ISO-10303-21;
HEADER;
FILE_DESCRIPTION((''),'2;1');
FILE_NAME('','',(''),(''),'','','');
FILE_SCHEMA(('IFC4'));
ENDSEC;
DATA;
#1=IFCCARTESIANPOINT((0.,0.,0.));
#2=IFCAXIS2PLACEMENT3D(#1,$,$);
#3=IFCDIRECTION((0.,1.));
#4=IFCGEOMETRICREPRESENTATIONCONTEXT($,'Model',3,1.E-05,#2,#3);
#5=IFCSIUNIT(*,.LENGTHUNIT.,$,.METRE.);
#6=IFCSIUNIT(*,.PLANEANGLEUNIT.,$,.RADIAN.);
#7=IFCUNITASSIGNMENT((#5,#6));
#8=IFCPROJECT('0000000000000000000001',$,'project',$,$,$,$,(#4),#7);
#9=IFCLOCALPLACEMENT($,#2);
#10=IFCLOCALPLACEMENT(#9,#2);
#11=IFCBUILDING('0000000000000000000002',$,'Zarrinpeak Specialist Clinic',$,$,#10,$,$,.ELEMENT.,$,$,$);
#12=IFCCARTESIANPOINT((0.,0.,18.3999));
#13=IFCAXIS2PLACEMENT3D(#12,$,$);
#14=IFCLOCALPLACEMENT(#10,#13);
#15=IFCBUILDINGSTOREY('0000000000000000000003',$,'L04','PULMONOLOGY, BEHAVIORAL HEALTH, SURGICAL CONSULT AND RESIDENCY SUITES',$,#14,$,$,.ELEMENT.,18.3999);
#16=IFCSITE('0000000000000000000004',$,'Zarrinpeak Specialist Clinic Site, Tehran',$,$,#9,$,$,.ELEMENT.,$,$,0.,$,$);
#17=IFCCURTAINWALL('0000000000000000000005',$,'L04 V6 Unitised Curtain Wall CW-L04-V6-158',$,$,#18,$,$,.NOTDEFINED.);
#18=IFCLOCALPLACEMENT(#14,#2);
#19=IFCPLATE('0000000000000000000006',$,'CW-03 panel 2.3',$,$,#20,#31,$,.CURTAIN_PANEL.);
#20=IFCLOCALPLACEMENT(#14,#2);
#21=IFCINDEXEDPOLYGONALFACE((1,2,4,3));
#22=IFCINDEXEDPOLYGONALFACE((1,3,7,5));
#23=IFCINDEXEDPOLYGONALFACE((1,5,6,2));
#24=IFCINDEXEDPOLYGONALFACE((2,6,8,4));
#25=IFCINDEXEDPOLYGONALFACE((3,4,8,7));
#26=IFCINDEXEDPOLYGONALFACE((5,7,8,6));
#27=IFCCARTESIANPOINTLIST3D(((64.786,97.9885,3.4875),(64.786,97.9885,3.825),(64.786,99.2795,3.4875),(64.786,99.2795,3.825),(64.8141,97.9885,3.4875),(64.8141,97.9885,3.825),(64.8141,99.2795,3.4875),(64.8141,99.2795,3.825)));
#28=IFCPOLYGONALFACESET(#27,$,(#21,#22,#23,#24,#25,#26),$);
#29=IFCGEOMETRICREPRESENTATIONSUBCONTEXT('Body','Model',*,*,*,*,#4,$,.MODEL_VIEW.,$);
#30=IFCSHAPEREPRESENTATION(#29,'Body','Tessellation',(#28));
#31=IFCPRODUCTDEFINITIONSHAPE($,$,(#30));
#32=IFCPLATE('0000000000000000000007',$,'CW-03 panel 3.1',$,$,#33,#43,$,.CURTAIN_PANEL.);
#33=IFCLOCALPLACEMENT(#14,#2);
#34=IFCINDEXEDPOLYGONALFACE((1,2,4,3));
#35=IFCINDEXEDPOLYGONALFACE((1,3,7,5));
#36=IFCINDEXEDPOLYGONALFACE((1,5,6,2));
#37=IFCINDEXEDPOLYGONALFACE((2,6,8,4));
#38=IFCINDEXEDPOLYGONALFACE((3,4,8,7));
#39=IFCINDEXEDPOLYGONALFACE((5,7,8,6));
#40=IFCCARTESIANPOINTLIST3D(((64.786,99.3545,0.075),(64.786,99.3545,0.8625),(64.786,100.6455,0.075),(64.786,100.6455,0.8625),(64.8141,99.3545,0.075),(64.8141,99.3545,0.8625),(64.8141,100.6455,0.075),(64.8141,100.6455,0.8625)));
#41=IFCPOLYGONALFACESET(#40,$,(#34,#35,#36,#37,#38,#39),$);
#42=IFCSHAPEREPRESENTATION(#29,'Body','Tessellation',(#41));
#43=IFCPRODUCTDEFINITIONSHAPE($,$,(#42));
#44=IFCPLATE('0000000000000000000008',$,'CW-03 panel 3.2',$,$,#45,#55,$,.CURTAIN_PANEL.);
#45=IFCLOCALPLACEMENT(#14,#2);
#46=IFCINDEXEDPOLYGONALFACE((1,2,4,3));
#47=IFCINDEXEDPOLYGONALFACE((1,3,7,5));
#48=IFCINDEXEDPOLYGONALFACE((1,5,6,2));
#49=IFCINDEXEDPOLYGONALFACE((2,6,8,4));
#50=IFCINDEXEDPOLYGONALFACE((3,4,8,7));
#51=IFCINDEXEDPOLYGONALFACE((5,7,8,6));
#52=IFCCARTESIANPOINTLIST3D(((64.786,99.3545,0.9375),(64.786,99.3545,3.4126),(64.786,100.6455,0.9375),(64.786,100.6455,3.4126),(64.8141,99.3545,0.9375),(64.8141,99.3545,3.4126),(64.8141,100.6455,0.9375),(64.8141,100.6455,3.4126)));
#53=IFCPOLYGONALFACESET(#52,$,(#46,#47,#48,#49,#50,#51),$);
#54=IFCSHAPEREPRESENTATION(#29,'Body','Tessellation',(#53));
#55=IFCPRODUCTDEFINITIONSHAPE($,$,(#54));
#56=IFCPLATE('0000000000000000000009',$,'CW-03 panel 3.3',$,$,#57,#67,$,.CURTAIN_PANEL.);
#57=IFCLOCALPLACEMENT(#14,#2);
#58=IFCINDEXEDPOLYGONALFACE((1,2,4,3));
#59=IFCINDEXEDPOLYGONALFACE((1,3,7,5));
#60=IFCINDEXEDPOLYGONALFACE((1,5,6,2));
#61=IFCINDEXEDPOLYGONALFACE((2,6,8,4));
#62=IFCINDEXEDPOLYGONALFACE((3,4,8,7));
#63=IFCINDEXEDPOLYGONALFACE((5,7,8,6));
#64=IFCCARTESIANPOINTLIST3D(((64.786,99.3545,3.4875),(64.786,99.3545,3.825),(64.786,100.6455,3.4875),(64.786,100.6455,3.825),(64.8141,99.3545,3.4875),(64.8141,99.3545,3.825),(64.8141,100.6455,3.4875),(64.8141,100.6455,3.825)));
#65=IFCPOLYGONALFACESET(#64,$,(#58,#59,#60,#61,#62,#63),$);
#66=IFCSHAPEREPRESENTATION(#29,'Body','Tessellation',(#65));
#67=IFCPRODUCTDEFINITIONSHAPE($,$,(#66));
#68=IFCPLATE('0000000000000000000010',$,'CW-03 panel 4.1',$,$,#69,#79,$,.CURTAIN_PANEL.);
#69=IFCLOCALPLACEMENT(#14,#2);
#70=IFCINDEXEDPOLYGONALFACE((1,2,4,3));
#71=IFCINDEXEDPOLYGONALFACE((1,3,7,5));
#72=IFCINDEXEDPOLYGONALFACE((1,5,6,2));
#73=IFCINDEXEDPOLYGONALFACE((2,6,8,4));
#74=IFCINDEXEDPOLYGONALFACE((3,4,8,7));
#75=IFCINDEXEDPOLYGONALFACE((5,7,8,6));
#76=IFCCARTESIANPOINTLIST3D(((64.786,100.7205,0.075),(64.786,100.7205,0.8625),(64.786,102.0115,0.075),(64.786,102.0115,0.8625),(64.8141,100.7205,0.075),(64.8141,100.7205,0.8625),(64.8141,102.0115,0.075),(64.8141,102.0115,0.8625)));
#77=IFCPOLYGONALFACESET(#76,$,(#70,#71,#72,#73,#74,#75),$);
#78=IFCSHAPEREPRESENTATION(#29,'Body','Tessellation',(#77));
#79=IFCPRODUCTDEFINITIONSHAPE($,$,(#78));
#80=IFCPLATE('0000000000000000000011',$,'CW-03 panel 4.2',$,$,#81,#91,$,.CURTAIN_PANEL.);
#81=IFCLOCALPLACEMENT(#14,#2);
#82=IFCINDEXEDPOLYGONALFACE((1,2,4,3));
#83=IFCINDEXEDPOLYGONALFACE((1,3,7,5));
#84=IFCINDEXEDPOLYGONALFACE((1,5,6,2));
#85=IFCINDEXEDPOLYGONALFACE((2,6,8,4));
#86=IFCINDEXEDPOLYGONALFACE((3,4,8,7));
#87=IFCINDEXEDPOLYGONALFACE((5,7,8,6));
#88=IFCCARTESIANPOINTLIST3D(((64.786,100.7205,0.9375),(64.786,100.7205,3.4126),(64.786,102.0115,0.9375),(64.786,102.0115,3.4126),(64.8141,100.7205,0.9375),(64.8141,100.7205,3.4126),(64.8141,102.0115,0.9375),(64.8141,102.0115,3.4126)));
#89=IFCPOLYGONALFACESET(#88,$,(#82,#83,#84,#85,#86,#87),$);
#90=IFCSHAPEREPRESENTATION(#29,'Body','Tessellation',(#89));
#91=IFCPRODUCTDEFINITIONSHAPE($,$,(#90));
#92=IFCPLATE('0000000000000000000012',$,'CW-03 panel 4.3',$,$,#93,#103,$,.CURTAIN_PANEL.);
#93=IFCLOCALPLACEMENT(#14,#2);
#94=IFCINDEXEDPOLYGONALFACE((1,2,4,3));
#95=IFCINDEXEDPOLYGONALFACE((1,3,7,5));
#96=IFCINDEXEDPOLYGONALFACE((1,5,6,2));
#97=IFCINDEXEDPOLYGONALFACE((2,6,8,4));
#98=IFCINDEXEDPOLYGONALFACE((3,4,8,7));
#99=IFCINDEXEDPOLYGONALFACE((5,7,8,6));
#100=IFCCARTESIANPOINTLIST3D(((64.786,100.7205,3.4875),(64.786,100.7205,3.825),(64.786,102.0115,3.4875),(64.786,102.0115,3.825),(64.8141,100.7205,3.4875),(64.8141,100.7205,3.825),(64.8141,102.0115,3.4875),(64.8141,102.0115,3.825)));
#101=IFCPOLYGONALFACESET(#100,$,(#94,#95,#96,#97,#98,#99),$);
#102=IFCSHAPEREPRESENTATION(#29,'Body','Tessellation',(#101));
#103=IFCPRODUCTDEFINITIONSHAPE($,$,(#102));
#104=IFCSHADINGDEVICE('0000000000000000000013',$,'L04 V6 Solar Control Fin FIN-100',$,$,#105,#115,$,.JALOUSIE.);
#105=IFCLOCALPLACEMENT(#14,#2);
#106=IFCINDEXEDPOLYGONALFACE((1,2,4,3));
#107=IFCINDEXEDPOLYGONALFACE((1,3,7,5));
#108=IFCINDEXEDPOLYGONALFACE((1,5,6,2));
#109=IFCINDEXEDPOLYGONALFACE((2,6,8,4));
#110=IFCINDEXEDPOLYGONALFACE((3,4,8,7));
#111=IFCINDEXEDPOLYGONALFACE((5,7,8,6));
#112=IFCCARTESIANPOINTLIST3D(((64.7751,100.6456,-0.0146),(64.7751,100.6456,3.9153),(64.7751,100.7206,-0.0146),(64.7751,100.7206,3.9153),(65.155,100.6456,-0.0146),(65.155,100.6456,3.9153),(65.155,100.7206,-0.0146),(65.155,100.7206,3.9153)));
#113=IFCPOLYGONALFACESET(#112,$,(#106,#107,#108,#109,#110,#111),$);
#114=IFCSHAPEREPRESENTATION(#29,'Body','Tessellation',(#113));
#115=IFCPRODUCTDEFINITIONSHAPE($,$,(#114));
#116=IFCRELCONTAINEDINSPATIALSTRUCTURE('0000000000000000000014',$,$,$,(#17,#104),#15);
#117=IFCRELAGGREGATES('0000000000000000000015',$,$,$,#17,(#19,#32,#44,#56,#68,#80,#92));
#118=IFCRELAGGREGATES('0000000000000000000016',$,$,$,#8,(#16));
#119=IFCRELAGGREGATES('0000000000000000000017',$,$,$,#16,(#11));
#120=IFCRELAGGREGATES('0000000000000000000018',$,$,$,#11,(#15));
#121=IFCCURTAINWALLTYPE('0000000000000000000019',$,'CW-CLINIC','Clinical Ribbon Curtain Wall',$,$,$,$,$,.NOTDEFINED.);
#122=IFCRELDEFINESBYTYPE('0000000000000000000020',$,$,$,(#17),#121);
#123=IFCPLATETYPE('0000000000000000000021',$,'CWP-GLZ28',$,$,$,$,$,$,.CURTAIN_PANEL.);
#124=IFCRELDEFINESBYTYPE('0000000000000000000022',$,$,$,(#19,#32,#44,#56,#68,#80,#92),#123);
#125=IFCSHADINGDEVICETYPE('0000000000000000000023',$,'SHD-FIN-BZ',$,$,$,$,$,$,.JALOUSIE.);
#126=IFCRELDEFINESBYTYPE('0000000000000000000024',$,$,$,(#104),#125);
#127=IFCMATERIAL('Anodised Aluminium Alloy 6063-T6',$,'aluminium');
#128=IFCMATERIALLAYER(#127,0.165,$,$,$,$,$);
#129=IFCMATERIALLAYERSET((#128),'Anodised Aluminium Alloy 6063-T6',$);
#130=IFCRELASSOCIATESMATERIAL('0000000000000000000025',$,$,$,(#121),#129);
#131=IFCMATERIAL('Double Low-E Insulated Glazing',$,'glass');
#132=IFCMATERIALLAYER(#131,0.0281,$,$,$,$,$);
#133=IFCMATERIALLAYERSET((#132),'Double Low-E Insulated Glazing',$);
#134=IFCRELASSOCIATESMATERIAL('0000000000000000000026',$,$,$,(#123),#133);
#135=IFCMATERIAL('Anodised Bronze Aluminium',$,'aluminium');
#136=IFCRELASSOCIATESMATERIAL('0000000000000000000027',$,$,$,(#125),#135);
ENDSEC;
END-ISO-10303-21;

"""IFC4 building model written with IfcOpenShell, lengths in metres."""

from ifc_helpers import new_model, si_unit, direction, frame, origin, origin_2d, place, context, subcontext, project, spatial, rectangle, extrude, material, layer, layer_set, type_object, element, aggregate, save


model = new_model("IFC4")

# Units and contexts
model_context = context("Model", 3, precision=1e-05, world=origin(), true_north=direction((0.0, 1.0)))
body_context = subcontext(model_context, "Body", "Model", "MODEL_VIEW")
ifc_project = project(units=[si_unit("LENGTHUNIT", "METRE"), si_unit("PLANEANGLEUNIT", "RADIAN")], contexts=[model_context])

# Site, building, storey
site_placement = place(None, origin())
site = spatial("IfcSite", under=ifc_project, at=site_placement, Name="Zarrinpeak Specialist Clinic Site, Tehran", CompositionType="ELEMENT", RefElevation=0.0)
building_placement = place(site_placement, origin())
building = spatial("IfcBuilding", under=site, at=building_placement, Name="Zarrinpeak Specialist Clinic", CompositionType="ELEMENT")
storey_placement = place(building_placement, frame((0.0, 0.0, 18.3999)))
storey = spatial("IfcBuildingStorey", under=building, at=storey_placement, Name="L04", Description="PULMONOLOGY, BEHAVIORAL HEALTH, SURGICAL CONSULT AND RESIDENCY SUITES", CompositionType="ELEMENT", Elevation=18.3999)

# Curtain wall, plates
ifc_material_1 = material(Name="Anodised Aluminium Alloy 6063-T6", Category="aluminium")
ifc_layer_1 = layer(ifc_material_1, 0.165)
ifc_layer_set_1 = layer_set([ifc_layer_1], Name="Anodised Aluminium Alloy 6063-T6")
curtain_wall_type = type_object("IfcCurtainWallType", Name="CW-CLINIC", Description="Clinical Ribbon Curtain Wall", PredefinedType="NOTDEFINED", material=ifc_layer_set_1)
curtain_wall_placement = place(storey_placement, origin())
curtain_wall = element("IfcCurtainWall", 1, at=curtain_wall_placement, inside=storey, type_object=curtain_wall_type, Name="L04 V6 Unitised Curtain Wall CW-L04-V6-158", PredefinedType="NOTDEFINED")
ifc_material_2 = material(Name="Double Low-E Insulated Glazing", Category="glass")
ifc_layer_2 = layer(ifc_material_2, 0.0281)
ifc_layer_set_2 = layer_set([ifc_layer_2], Name="Double Low-E Insulated Glazing")
plate_type = type_object("IfcPlateType", Name="CWP-GLZ28", PredefinedType="CURTAIN_PANEL", material=ifc_layer_set_2)
plate_1_placement = place(storey_placement, frame((64.8, 98.634, 3.4875), z_axis=(0.0, 0.0, 1.0), x_axis=(0.0, 1.0, 0.0)))
plate_1 = element("IfcPlate", 2, at=plate_1_placement, type_object=plate_type, Name="CW-03 panel 2.3", PredefinedType="CURTAIN_PANEL", context=body_context, shape_type="SweptSolid", body=[
    extrude(rectangle(XDim=1.291, YDim=0.0281, at=origin_2d()), origin(), (0.0, 0.0, 1.0), 0.3374),
])
plate_2_placement = place(storey_placement, frame((64.8, 100.0, 0.075), z_axis=(0.0, 0.0, 1.0), x_axis=(0.0, 1.0, 0.0)))
plate_2 = element("IfcPlate", 3, at=plate_2_placement, type_object=plate_type, Name="CW-03 panel 3.1", PredefinedType="CURTAIN_PANEL", context=body_context, shape_type="SweptSolid", body=[
    extrude(rectangle(XDim=1.291, YDim=0.0281, at=origin_2d()), origin(), (0.0, 0.0, 1.0), 0.7876),
])
plate_3_placement = place(storey_placement, frame((64.8, 100.0, 0.9375), z_axis=(0.0, 0.0, 1.0), x_axis=(0.0, 1.0, 0.0)))
plate_3 = element("IfcPlate", 4, at=plate_3_placement, type_object=plate_type, Name="CW-03 panel 3.2", PredefinedType="CURTAIN_PANEL", context=body_context, shape_type="SweptSolid", body=[
    extrude(rectangle(XDim=1.291, YDim=0.0281, at=origin_2d()), origin(), (0.0, 0.0, 1.0), 2.4751),
])
plate_4_placement = place(storey_placement, frame((64.8, 100.0, 3.4875), z_axis=(0.0, 0.0, 1.0), x_axis=(0.0, 1.0, 0.0)))
plate_4 = element("IfcPlate", 5, at=plate_4_placement, type_object=plate_type, Name="CW-03 panel 3.3", PredefinedType="CURTAIN_PANEL", context=body_context, shape_type="SweptSolid", body=[
    extrude(rectangle(XDim=1.291, YDim=0.0281, at=origin_2d()), origin(), (0.0, 0.0, 1.0), 0.3374),
])
plate_5_placement = place(storey_placement, frame((64.8, 101.366, 0.075), z_axis=(0.0, 0.0, 1.0), x_axis=(0.0, 1.0, 0.0)))
plate_5 = element("IfcPlate", 6, at=plate_5_placement, type_object=plate_type, Name="CW-03 panel 4.1", PredefinedType="CURTAIN_PANEL", context=body_context, shape_type="SweptSolid", body=[
    extrude(rectangle(XDim=1.291, YDim=0.0281, at=origin_2d()), origin(), (0.0, 0.0, 1.0), 0.7876),
])
plate_6_placement = place(storey_placement, frame((64.8, 101.366, 0.9375), z_axis=(0.0, 0.0, 1.0), x_axis=(0.0, 1.0, 0.0)))
plate_6 = element("IfcPlate", 7, at=plate_6_placement, type_object=plate_type, Name="CW-03 panel 4.2", PredefinedType="CURTAIN_PANEL", context=body_context, shape_type="SweptSolid", body=[
    extrude(rectangle(XDim=1.291, YDim=0.0281, at=origin_2d()), origin(), (0.0, 0.0, 1.0), 2.4751),
])
plate_7_placement = place(storey_placement, frame((64.8, 101.366, 3.4875), z_axis=(0.0, 0.0, 1.0), x_axis=(0.0, 1.0, 0.0)))
plate_7 = element("IfcPlate", 8, at=plate_7_placement, type_object=plate_type, Name="CW-03 panel 4.3", PredefinedType="CURTAIN_PANEL", context=body_context, shape_type="SweptSolid", body=[
    extrude(rectangle(XDim=1.291, YDim=0.0281, at=origin_2d()), origin(), (0.0, 0.0, 1.0), 0.3374),
])
aggregate(curtain_wall, [plate_1, plate_2, plate_3, plate_4, plate_5, plate_6, plate_7])

# Shading device
ifc_material_3 = material(Name="Anodised Bronze Aluminium", Category="aluminium")
shading_device_type = type_object("IfcShadingDeviceType", Name="SHD-FIN-BZ", PredefinedType="JALOUSIE", material=ifc_material_3)
shading_device_placement = place(storey_placement, frame((64.9651, 100.6831, -0.0146), z_axis=(0.0, 0.0, 1.0), x_axis=(1.0, 0.0, 0.0)))
element("IfcShadingDevice", 9, at=shading_device_placement, inside=storey, type_object=shading_device_type, Name="L04 V6 Solar Control Fin FIN-100", PredefinedType="JALOUSIE", context=body_context, shape_type="SweptSolid", body=[
    extrude(rectangle(XDim=0.3799, YDim=0.075, at=origin_2d()), origin(), (0.0, 0.0, 1.0), 3.9299),
])

save(model, "model.ifc")
